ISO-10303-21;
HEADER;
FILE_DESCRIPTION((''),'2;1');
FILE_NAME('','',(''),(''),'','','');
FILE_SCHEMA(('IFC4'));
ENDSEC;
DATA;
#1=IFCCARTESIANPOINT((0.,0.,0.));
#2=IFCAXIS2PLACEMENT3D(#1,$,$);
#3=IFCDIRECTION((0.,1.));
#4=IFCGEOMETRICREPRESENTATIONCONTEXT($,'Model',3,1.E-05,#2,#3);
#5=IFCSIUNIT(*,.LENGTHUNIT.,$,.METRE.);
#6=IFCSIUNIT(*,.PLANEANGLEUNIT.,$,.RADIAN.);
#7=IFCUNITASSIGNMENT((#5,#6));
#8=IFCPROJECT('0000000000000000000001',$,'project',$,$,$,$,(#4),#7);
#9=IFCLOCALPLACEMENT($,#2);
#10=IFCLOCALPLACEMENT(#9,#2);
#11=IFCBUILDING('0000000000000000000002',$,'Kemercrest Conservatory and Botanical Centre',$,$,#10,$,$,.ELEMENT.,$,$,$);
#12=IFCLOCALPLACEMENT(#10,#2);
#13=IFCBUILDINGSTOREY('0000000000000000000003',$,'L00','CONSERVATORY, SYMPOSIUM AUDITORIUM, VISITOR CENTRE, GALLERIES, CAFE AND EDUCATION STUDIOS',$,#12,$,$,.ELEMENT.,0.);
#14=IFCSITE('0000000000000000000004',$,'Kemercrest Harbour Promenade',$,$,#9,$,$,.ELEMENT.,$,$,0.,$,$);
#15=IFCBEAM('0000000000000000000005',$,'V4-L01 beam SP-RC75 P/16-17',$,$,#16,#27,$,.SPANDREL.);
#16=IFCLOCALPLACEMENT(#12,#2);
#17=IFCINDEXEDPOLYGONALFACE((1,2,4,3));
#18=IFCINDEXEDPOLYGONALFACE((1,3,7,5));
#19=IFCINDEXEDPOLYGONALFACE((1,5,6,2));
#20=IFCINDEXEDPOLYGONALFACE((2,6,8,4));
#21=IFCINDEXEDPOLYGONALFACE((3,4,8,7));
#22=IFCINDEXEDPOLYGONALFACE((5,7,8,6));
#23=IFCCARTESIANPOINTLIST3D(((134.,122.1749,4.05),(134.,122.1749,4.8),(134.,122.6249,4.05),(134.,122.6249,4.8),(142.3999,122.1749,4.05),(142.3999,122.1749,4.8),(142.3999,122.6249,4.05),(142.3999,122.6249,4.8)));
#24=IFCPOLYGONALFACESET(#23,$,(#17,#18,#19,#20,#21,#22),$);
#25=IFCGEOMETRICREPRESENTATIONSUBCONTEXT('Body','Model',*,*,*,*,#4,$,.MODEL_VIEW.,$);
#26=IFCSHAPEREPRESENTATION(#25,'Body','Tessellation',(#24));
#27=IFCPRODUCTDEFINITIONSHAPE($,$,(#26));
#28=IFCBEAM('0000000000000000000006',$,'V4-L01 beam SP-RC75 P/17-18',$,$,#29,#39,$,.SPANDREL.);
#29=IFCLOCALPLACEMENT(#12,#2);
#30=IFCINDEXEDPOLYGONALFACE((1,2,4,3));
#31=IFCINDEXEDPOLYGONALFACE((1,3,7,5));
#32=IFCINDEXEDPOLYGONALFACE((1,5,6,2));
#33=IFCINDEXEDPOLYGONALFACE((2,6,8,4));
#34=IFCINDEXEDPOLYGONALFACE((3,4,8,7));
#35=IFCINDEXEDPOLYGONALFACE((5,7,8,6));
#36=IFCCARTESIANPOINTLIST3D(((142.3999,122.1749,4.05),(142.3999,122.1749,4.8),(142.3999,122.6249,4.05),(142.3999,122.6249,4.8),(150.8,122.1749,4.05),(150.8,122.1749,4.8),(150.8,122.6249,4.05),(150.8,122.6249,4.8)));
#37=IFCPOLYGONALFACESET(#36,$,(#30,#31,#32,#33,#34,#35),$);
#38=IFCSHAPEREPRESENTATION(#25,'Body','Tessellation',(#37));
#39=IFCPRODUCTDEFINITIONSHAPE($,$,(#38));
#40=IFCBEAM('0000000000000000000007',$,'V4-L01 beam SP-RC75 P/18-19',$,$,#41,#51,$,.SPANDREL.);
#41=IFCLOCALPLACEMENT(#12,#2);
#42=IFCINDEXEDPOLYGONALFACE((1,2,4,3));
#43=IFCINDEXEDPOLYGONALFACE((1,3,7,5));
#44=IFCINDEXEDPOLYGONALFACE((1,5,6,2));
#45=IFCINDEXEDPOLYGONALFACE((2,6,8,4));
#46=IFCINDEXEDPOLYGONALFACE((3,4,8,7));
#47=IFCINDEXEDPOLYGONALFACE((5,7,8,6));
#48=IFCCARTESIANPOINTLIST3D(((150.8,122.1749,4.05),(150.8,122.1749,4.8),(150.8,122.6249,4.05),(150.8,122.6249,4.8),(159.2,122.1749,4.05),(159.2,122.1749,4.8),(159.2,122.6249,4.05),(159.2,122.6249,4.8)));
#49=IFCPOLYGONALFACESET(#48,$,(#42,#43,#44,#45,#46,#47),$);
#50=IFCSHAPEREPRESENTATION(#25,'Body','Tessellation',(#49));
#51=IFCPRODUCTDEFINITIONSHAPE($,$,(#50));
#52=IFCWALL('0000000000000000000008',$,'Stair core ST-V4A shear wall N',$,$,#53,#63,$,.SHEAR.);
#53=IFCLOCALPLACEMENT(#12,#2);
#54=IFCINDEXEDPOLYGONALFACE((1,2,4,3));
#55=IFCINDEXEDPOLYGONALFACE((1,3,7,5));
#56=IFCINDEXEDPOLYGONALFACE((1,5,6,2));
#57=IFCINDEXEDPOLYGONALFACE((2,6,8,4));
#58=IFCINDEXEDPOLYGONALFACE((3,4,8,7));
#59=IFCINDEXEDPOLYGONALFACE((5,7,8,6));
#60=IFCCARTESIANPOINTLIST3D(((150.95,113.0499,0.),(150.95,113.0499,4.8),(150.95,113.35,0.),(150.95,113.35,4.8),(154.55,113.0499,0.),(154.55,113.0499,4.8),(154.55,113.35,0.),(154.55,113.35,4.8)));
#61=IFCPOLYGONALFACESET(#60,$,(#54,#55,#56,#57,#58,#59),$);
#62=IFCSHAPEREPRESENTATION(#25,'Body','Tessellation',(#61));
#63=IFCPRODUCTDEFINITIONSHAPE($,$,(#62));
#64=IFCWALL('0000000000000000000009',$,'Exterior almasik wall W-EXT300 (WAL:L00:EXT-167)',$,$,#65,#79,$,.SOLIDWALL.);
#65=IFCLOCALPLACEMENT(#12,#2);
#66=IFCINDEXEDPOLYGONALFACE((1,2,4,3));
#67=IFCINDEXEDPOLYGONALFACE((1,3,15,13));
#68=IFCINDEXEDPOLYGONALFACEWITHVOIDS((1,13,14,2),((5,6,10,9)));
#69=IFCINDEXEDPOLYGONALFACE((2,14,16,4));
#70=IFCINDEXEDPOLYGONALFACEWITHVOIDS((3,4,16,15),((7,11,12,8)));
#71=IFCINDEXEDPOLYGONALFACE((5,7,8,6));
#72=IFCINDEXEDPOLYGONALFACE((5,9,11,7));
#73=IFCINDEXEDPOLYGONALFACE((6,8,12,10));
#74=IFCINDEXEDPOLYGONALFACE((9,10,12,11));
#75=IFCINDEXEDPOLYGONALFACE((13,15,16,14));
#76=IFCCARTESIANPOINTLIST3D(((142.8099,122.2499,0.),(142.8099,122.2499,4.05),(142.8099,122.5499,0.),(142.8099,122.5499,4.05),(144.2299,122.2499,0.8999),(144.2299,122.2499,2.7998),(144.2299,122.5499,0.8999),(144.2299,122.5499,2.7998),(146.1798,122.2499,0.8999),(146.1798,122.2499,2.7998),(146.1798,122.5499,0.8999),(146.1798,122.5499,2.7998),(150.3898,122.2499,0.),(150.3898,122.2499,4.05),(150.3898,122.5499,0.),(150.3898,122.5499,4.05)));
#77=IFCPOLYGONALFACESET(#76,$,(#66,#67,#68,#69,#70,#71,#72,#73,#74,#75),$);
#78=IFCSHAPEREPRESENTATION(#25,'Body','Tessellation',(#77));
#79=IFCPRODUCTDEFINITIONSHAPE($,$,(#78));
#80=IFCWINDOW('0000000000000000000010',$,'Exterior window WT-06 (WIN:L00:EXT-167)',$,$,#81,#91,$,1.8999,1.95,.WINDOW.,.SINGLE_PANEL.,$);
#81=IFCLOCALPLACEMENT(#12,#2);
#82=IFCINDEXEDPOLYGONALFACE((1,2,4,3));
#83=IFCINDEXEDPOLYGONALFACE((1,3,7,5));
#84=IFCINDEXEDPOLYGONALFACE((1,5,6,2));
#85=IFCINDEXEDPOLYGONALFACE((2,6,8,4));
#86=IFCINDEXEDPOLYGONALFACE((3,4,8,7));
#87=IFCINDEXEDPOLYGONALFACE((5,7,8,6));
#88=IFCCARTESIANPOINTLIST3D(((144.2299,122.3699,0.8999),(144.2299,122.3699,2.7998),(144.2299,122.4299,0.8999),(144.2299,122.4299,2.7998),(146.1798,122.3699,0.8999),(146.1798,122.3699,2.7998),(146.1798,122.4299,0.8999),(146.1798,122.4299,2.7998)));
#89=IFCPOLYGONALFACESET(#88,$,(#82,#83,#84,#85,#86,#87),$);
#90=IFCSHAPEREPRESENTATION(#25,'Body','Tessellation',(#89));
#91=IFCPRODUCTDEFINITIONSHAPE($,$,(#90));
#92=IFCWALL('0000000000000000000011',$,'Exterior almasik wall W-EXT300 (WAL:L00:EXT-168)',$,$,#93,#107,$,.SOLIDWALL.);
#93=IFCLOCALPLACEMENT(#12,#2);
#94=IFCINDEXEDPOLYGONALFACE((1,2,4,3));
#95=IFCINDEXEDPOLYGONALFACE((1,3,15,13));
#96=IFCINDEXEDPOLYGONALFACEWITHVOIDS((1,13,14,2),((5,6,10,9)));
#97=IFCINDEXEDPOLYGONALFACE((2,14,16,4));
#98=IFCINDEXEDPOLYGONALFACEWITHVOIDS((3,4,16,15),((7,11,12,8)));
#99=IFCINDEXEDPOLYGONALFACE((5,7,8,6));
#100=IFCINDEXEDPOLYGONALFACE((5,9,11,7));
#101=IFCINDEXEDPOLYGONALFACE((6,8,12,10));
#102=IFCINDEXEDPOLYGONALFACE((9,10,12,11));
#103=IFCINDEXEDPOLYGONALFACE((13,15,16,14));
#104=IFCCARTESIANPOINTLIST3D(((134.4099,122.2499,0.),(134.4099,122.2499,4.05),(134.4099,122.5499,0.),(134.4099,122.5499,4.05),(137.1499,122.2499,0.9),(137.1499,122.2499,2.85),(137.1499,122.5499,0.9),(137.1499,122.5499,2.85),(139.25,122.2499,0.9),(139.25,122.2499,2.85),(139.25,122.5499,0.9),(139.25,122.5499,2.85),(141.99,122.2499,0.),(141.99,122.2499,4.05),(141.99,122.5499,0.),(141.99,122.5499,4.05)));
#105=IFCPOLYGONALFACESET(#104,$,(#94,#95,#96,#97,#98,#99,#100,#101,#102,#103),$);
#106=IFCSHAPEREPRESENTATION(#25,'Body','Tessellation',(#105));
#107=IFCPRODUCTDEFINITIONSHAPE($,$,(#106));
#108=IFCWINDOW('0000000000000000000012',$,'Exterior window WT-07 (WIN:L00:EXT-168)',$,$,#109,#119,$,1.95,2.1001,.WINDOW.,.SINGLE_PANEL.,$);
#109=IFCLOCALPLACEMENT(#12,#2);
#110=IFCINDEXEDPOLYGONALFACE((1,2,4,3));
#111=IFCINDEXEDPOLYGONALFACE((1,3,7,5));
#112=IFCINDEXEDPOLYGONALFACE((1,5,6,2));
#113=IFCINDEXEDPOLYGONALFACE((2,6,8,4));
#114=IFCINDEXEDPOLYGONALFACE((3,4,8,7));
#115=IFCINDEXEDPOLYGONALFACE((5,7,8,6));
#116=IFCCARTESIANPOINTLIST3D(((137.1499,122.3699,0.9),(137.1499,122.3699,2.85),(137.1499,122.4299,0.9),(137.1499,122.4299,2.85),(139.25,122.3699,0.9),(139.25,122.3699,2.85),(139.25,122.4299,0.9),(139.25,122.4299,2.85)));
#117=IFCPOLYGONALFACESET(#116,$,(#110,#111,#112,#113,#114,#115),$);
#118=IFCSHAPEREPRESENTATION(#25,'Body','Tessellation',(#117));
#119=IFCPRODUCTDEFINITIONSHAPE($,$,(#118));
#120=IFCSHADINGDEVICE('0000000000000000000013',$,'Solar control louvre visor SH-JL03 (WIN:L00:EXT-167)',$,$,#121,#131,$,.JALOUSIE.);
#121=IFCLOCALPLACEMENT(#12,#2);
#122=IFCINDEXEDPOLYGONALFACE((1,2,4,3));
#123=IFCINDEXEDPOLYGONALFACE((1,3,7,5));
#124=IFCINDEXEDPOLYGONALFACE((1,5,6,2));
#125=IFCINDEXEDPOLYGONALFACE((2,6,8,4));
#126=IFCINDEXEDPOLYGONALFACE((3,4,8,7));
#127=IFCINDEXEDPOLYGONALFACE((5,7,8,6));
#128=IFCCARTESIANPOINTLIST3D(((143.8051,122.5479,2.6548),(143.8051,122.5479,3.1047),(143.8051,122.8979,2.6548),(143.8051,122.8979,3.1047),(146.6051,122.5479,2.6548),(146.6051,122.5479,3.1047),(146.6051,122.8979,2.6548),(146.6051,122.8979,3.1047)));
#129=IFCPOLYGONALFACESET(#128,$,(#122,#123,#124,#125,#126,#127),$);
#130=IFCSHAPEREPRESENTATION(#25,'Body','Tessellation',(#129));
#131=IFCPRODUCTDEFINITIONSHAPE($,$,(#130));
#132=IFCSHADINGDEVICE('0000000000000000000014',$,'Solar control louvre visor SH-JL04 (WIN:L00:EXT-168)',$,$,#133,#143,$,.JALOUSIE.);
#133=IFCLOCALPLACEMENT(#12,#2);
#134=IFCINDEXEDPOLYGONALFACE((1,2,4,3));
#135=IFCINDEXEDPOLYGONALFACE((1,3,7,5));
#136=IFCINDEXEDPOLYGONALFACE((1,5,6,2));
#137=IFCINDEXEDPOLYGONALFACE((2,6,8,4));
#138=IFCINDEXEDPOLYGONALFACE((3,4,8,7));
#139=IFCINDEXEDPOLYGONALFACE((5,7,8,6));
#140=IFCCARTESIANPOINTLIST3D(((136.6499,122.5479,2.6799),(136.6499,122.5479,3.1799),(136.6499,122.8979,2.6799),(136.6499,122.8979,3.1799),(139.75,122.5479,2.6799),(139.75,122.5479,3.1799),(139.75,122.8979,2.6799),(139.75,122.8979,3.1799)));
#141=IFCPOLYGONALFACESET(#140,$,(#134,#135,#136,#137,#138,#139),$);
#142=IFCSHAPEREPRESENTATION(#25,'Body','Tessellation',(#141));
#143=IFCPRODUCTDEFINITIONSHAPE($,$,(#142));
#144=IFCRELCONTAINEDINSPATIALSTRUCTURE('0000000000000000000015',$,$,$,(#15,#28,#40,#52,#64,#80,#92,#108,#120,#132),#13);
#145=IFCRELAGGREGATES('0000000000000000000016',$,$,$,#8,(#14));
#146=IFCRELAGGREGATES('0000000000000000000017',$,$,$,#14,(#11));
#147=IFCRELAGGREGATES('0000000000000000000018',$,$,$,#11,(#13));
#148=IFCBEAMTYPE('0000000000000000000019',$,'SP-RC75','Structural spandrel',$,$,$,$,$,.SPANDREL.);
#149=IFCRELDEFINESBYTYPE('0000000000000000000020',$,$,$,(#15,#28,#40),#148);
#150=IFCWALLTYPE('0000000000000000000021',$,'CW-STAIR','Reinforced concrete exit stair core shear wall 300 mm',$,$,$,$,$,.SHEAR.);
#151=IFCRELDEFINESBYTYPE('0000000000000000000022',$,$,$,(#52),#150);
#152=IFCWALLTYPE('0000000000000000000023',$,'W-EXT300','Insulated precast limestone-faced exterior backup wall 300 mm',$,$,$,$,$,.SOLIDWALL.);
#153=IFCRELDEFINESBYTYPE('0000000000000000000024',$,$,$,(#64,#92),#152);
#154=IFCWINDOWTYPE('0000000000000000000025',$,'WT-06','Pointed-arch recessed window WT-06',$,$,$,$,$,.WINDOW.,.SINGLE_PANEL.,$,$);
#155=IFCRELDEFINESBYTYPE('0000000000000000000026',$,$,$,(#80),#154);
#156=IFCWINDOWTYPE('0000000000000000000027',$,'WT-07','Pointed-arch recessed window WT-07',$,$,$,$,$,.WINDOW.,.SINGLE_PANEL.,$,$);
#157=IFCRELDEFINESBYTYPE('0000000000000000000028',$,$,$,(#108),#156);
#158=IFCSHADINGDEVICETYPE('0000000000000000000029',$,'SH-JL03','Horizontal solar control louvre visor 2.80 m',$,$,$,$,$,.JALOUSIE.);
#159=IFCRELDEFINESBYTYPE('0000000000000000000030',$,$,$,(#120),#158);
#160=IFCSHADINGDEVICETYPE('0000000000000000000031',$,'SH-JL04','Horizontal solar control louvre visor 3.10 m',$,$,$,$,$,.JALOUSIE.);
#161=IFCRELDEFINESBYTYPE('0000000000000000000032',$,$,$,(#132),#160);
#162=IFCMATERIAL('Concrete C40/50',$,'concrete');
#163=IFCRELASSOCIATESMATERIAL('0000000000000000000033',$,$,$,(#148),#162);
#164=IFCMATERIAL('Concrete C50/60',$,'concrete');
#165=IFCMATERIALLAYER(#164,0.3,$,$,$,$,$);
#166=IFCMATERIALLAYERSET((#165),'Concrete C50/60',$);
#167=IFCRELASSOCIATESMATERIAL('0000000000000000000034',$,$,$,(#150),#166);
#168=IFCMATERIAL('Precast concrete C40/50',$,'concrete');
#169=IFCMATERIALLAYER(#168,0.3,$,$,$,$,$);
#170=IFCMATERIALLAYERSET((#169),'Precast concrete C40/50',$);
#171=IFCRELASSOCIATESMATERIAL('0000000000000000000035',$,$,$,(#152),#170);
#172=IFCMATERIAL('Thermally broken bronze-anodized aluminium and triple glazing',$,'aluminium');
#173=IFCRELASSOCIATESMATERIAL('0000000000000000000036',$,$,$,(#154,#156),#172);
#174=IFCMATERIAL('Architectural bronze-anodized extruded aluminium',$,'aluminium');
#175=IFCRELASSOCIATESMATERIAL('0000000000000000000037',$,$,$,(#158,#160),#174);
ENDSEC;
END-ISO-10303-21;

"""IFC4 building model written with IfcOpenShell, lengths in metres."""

from ifc_helpers import new_model, si_unit, direction, frame, frame_2d, origin, origin_2d, place, context, subcontext, project, spatial, rectangle, extrude, material, layer, layer_set, material_profile, profile_set, type_object, element, fill, save


model = new_model("IFC4")

# Units and contexts
model_context = context("Model", 3, precision=1e-05, world=origin(), true_north=direction((0.0, 1.0)))
body_context = subcontext(model_context, "Body", "Model", "MODEL_VIEW")
ifc_project = project(units=[si_unit("LENGTHUNIT", "METRE"), si_unit("PLANEANGLEUNIT", "RADIAN")], contexts=[model_context])

# Site, building, storey
site_placement = place(None, origin())
site = spatial("IfcSite", under=ifc_project, at=site_placement, Name="Kemercrest Harbour Promenade", CompositionType="ELEMENT", RefElevation=0.0)
building_placement = place(site_placement, origin())
building = spatial("IfcBuilding", under=site, at=building_placement, Name="Kemercrest Conservatory and Botanical Centre", CompositionType="ELEMENT")
storey_placement = place(building_placement, origin())
storey = spatial("IfcBuildingStorey", under=building, at=storey_placement, Name="L00", Description="CONSERVATORY, SYMPOSIUM AUDITORIUM, VISITOR CENTRE, GALLERIES, CAFE AND EDUCATION STUDIOS", CompositionType="ELEMENT", Elevation=0.0)

# Shared definitions
ifc_material_1 = material(Name="Concrete C50/60", Category="concrete")

# Beams
ifc_material_2 = material(Name="Concrete C40/50", Category="concrete")
ifc_material_3 = material(Name="Precast concrete C40/50", Category="concrete")
ifc_material_profile_1 = material_profile(ifc_material_2, rectangle(XDim=0.45, YDim=0.75, at=origin_2d()), Name="RC 450x750")
ifc_profile_set_1 = profile_set([ifc_material_profile_1], Name="Concrete C40/50")
beam_type_1 = type_object("IfcBeamType", Name="SP-RC75", Description="Structural spandrel", PredefinedType="SPANDREL", material=ifc_profile_set_1)
beam_1_placement = place(storey_placement, frame((134.0, 122.3999, 4.425), z_axis=(1.0, 0.0, 0.0), x_axis=(0.0, 1.0, 0.0)))
element("IfcBeam", 1, at=beam_1_placement, inside=storey, type_object=beam_type_1, Name="V4-L01 beam SP-RC75 P/16-17", PredefinedType="SPANDREL", context=body_context, shape_type="SweptSolid", body=[
    extrude(rectangle(XDim=0.45, YDim=0.75, at=origin_2d()), origin(), (0.0, 0.0, 1.0), 8.3999),
])
beam_2_placement = place(storey_placement, frame((142.3999, 122.3999, 4.425), z_axis=(1.0, 0.0, 0.0), x_axis=(0.0, 1.0, 0.0)))
element("IfcBeam", 2, at=beam_2_placement, inside=storey, type_object=beam_type_1, Name="V4-L01 beam SP-RC75 P/17-18", PredefinedType="SPANDREL", context=body_context, shape_type="SweptSolid", body=[
    extrude(rectangle(XDim=0.45, YDim=0.75, at=origin_2d()), origin(), (0.0, 0.0, 1.0), 8.4001),
])
beam_3_placement = place(storey_placement, frame((150.8, 122.3999, 4.425), z_axis=(1.0, 0.0, 0.0), x_axis=(0.0, 1.0, 0.0)))
element("IfcBeam", 3, at=beam_3_placement, inside=storey, type_object=beam_type_1, Name="V4-L01 beam SP-RC75 P/18-19", PredefinedType="SPANDREL", context=body_context, shape_type="SweptSolid", body=[
    extrude(rectangle(XDim=0.45, YDim=0.75, at=origin_2d()), origin(), (0.0, 0.0, 1.0), 8.3999),
])

# Wall
ifc_layer_1 = layer(ifc_material_1, 0.3)
ifc_layer_set_1 = layer_set([ifc_layer_1], Name="Concrete C50/60")
wall_type_1 = type_object("IfcWallType", Name="CW-STAIR", Description="Reinforced concrete exit stair core shear wall 300 mm", PredefinedType="SHEAR", material=ifc_layer_set_1)
wall_1_placement = place(storey_placement, frame((150.95, 113.2, 0.0), z_axis=(0.0, 0.0, 1.0), x_axis=(1.0, 0.0, 0.0)))
element("IfcWall", 4, at=wall_1_placement, inside=storey, type_object=wall_type_1, Name="Stair core ST-V4A shear wall N", PredefinedType="SHEAR", context=body_context, shape_type="SweptSolid", body=[
    extrude(rectangle(XDim=3.6001, YDim=0.3, at=frame_2d((1.8, 0.0))), origin(), (0.0, 0.0, 1.0), 4.8),
])

# Walls, openings, windows
ifc_layer_2 = layer(ifc_material_3, 0.3)
ifc_layer_set_2 = layer_set([ifc_layer_2], Name="Precast concrete C40/50")
wall_type_2 = type_object("IfcWallType", Name="W-EXT300", Description="Insulated precast limestone-faced exterior backup wall 300 mm", PredefinedType="SOLIDWALL", material=ifc_layer_set_2)
wall_2_placement = place(storey_placement, frame((150.3899, 122.3999, 0.0), z_axis=(0.0, 0.0, 1.0), x_axis=(-1.0, 0.0, 0.0)))
wall_2 = element("IfcWall", 5, at=wall_2_placement, inside=storey, type_object=wall_type_2, Name="Exterior almasik wall W-EXT300 (WAL:L00:EXT-167)", PredefinedType="SOLIDWALL", context=body_context, shape_type="SweptSolid", body=[
    extrude(rectangle(XDim=7.5798, YDim=0.3, at=frame_2d((3.79, 0.0))), origin(), (0.0, 0.0, 1.0), 4.05),
])
opening_1_placement = place(wall_2_placement, frame((4.21, 0.0, 0.8999)))
opening_1 = element("IfcOpeningElement", 6, at=opening_1_placement, cuts=wall_2, PredefinedType="OPENING", context=body_context, shape_type="SweptSolid", body=[
    extrude(rectangle(XDim=1.95, YDim=1.8999, at=frame_2d((0.9751, 0.95))), frame((0.0, 0.1602, 0.0), z_axis=(0.0, -1.0, 0.0), x_axis=(1.0, 0.0, 0.0)), (0.0, 0.0, 1.0), 0.3201),
])
ifc_material_4 = material(Name="Thermally broken bronze-anodized aluminium and triple glazing", Category="aluminium")
window_type_1 = type_object("IfcWindowType", Name="WT-06", Description="Pointed-arch recessed window WT-06", PartitioningType="SINGLE_PANEL", PredefinedType="WINDOW", material=ifc_material_4)
window_1_placement = place(opening_1_placement, origin())
window_1 = element("IfcWindow", 7, at=window_1_placement, inside=storey, type_object=window_type_1, Name="Exterior window WT-06 (WIN:L00:EXT-167)", OverallHeight=1.8999, OverallWidth=1.95, PartitioningType="SINGLE_PANEL", PredefinedType="WINDOW", context=body_context, shape_type="SweptSolid", body=[
    extrude(rectangle(XDim=1.95, YDim=1.8999, at=frame_2d((0.9751, 0.95))), frame((0.0, 0.03, 0.0), z_axis=(0.0, -1.0, 0.0), x_axis=(1.0, 0.0, 0.0)), (0.0, 0.0, 1.0), 0.0601),
])
fill(opening_1, window_1)
wall_3_placement = place(storey_placement, frame((141.99, 122.3999, 0.0), z_axis=(0.0, 0.0, 1.0), x_axis=(-1.0, 0.0, 0.0)))
wall_3 = element("IfcWall", 8, at=wall_3_placement, inside=storey, type_object=wall_type_2, Name="Exterior almasik wall W-EXT300 (WAL:L00:EXT-168)", PredefinedType="SOLIDWALL", context=body_context, shape_type="SweptSolid", body=[
    extrude(rectangle(XDim=7.5801, YDim=0.3, at=frame_2d((3.79, 0.0))), origin(), (0.0, 0.0, 1.0), 4.05),
])
opening_2_placement = place(wall_3_placement, frame((2.74, 0.0, 0.8999)))
opening_2 = element("IfcOpeningElement", 9, at=opening_2_placement, cuts=wall_3, PredefinedType="OPENING", context=body_context, shape_type="SweptSolid", body=[
    extrude(rectangle(XDim=2.1001, YDim=1.95, at=frame_2d((1.05, 0.9751))), frame((0.0, 0.1602, 0.0), z_axis=(0.0, -1.0, 0.0), x_axis=(1.0, 0.0, 0.0)), (0.0, 0.0, 1.0), 0.3201),
])
window_type_2 = type_object("IfcWindowType", Name="WT-07", Description="Pointed-arch recessed window WT-07", PartitioningType="SINGLE_PANEL", PredefinedType="WINDOW", material=ifc_material_4)
window_2_placement = place(opening_2_placement, origin())
window_2 = element("IfcWindow", 10, at=window_2_placement, inside=storey, type_object=window_type_2, Name="Exterior window WT-07 (WIN:L00:EXT-168)", OverallHeight=1.95, OverallWidth=2.1001, PartitioningType="SINGLE_PANEL", PredefinedType="WINDOW", context=body_context, shape_type="SweptSolid", body=[
    extrude(rectangle(XDim=2.1001, YDim=1.95, at=frame_2d((1.05, 0.9751))), frame((0.0, 0.03, 0.0), z_axis=(0.0, -1.0, 0.0), x_axis=(1.0, 0.0, 0.0)), (0.0, 0.0, 1.0), 0.0601),
])
fill(opening_2, window_2)

# Shading devices
ifc_material_5 = material(Name="Architectural bronze-anodized extruded aluminium", Category="aluminium")
shading_device_type_1 = type_object("IfcShadingDeviceType", Name="SH-JL03", Description="Horizontal solar control louvre visor 2.80 m", PredefinedType="JALOUSIE", material=ifc_material_5)
shading_device_1_placement = place(storey_placement, frame((145.2051, 122.7229, 2.6548), z_axis=(0.0, 0.0, 1.0), x_axis=(-1.0, 0.0, 0.0)))
element("IfcShadingDevice", 11, at=shading_device_1_placement, inside=storey, type_object=shading_device_type_1, Name="Solar control louvre visor SH-JL03 (WIN:L00:EXT-167)", PredefinedType="JALOUSIE", context=body_context, shape_type="SweptSolid", body=[
    extrude(rectangle(XDim=2.8, YDim=0.3501, at=origin_2d()), origin(), (0.0, 0.0, 1.0), 0.45),
])
shading_device_type_2 = type_object("IfcShadingDeviceType", Name="SH-JL04", Description="Horizontal solar control louvre visor 3.10 m", PredefinedType="JALOUSIE", material=ifc_material_5)
shading_device_2_placement = place(storey_placement, frame((138.2, 122.7229, 2.6799), z_axis=(0.0, 0.0, 1.0), x_axis=(-1.0, 0.0, 0.0)))
element("IfcShadingDevice", 12, at=shading_device_2_placement, inside=storey, type_object=shading_device_type_2, Name="Solar control louvre visor SH-JL04 (WIN:L00:EXT-168)", PredefinedType="JALOUSIE", context=body_context, shape_type="SweptSolid", body=[
    extrude(rectangle(XDim=3.1001, YDim=0.3501, at=origin_2d()), origin(), (0.0, 0.0, 1.0), 0.5),
])

save(model, "model.ifc")
